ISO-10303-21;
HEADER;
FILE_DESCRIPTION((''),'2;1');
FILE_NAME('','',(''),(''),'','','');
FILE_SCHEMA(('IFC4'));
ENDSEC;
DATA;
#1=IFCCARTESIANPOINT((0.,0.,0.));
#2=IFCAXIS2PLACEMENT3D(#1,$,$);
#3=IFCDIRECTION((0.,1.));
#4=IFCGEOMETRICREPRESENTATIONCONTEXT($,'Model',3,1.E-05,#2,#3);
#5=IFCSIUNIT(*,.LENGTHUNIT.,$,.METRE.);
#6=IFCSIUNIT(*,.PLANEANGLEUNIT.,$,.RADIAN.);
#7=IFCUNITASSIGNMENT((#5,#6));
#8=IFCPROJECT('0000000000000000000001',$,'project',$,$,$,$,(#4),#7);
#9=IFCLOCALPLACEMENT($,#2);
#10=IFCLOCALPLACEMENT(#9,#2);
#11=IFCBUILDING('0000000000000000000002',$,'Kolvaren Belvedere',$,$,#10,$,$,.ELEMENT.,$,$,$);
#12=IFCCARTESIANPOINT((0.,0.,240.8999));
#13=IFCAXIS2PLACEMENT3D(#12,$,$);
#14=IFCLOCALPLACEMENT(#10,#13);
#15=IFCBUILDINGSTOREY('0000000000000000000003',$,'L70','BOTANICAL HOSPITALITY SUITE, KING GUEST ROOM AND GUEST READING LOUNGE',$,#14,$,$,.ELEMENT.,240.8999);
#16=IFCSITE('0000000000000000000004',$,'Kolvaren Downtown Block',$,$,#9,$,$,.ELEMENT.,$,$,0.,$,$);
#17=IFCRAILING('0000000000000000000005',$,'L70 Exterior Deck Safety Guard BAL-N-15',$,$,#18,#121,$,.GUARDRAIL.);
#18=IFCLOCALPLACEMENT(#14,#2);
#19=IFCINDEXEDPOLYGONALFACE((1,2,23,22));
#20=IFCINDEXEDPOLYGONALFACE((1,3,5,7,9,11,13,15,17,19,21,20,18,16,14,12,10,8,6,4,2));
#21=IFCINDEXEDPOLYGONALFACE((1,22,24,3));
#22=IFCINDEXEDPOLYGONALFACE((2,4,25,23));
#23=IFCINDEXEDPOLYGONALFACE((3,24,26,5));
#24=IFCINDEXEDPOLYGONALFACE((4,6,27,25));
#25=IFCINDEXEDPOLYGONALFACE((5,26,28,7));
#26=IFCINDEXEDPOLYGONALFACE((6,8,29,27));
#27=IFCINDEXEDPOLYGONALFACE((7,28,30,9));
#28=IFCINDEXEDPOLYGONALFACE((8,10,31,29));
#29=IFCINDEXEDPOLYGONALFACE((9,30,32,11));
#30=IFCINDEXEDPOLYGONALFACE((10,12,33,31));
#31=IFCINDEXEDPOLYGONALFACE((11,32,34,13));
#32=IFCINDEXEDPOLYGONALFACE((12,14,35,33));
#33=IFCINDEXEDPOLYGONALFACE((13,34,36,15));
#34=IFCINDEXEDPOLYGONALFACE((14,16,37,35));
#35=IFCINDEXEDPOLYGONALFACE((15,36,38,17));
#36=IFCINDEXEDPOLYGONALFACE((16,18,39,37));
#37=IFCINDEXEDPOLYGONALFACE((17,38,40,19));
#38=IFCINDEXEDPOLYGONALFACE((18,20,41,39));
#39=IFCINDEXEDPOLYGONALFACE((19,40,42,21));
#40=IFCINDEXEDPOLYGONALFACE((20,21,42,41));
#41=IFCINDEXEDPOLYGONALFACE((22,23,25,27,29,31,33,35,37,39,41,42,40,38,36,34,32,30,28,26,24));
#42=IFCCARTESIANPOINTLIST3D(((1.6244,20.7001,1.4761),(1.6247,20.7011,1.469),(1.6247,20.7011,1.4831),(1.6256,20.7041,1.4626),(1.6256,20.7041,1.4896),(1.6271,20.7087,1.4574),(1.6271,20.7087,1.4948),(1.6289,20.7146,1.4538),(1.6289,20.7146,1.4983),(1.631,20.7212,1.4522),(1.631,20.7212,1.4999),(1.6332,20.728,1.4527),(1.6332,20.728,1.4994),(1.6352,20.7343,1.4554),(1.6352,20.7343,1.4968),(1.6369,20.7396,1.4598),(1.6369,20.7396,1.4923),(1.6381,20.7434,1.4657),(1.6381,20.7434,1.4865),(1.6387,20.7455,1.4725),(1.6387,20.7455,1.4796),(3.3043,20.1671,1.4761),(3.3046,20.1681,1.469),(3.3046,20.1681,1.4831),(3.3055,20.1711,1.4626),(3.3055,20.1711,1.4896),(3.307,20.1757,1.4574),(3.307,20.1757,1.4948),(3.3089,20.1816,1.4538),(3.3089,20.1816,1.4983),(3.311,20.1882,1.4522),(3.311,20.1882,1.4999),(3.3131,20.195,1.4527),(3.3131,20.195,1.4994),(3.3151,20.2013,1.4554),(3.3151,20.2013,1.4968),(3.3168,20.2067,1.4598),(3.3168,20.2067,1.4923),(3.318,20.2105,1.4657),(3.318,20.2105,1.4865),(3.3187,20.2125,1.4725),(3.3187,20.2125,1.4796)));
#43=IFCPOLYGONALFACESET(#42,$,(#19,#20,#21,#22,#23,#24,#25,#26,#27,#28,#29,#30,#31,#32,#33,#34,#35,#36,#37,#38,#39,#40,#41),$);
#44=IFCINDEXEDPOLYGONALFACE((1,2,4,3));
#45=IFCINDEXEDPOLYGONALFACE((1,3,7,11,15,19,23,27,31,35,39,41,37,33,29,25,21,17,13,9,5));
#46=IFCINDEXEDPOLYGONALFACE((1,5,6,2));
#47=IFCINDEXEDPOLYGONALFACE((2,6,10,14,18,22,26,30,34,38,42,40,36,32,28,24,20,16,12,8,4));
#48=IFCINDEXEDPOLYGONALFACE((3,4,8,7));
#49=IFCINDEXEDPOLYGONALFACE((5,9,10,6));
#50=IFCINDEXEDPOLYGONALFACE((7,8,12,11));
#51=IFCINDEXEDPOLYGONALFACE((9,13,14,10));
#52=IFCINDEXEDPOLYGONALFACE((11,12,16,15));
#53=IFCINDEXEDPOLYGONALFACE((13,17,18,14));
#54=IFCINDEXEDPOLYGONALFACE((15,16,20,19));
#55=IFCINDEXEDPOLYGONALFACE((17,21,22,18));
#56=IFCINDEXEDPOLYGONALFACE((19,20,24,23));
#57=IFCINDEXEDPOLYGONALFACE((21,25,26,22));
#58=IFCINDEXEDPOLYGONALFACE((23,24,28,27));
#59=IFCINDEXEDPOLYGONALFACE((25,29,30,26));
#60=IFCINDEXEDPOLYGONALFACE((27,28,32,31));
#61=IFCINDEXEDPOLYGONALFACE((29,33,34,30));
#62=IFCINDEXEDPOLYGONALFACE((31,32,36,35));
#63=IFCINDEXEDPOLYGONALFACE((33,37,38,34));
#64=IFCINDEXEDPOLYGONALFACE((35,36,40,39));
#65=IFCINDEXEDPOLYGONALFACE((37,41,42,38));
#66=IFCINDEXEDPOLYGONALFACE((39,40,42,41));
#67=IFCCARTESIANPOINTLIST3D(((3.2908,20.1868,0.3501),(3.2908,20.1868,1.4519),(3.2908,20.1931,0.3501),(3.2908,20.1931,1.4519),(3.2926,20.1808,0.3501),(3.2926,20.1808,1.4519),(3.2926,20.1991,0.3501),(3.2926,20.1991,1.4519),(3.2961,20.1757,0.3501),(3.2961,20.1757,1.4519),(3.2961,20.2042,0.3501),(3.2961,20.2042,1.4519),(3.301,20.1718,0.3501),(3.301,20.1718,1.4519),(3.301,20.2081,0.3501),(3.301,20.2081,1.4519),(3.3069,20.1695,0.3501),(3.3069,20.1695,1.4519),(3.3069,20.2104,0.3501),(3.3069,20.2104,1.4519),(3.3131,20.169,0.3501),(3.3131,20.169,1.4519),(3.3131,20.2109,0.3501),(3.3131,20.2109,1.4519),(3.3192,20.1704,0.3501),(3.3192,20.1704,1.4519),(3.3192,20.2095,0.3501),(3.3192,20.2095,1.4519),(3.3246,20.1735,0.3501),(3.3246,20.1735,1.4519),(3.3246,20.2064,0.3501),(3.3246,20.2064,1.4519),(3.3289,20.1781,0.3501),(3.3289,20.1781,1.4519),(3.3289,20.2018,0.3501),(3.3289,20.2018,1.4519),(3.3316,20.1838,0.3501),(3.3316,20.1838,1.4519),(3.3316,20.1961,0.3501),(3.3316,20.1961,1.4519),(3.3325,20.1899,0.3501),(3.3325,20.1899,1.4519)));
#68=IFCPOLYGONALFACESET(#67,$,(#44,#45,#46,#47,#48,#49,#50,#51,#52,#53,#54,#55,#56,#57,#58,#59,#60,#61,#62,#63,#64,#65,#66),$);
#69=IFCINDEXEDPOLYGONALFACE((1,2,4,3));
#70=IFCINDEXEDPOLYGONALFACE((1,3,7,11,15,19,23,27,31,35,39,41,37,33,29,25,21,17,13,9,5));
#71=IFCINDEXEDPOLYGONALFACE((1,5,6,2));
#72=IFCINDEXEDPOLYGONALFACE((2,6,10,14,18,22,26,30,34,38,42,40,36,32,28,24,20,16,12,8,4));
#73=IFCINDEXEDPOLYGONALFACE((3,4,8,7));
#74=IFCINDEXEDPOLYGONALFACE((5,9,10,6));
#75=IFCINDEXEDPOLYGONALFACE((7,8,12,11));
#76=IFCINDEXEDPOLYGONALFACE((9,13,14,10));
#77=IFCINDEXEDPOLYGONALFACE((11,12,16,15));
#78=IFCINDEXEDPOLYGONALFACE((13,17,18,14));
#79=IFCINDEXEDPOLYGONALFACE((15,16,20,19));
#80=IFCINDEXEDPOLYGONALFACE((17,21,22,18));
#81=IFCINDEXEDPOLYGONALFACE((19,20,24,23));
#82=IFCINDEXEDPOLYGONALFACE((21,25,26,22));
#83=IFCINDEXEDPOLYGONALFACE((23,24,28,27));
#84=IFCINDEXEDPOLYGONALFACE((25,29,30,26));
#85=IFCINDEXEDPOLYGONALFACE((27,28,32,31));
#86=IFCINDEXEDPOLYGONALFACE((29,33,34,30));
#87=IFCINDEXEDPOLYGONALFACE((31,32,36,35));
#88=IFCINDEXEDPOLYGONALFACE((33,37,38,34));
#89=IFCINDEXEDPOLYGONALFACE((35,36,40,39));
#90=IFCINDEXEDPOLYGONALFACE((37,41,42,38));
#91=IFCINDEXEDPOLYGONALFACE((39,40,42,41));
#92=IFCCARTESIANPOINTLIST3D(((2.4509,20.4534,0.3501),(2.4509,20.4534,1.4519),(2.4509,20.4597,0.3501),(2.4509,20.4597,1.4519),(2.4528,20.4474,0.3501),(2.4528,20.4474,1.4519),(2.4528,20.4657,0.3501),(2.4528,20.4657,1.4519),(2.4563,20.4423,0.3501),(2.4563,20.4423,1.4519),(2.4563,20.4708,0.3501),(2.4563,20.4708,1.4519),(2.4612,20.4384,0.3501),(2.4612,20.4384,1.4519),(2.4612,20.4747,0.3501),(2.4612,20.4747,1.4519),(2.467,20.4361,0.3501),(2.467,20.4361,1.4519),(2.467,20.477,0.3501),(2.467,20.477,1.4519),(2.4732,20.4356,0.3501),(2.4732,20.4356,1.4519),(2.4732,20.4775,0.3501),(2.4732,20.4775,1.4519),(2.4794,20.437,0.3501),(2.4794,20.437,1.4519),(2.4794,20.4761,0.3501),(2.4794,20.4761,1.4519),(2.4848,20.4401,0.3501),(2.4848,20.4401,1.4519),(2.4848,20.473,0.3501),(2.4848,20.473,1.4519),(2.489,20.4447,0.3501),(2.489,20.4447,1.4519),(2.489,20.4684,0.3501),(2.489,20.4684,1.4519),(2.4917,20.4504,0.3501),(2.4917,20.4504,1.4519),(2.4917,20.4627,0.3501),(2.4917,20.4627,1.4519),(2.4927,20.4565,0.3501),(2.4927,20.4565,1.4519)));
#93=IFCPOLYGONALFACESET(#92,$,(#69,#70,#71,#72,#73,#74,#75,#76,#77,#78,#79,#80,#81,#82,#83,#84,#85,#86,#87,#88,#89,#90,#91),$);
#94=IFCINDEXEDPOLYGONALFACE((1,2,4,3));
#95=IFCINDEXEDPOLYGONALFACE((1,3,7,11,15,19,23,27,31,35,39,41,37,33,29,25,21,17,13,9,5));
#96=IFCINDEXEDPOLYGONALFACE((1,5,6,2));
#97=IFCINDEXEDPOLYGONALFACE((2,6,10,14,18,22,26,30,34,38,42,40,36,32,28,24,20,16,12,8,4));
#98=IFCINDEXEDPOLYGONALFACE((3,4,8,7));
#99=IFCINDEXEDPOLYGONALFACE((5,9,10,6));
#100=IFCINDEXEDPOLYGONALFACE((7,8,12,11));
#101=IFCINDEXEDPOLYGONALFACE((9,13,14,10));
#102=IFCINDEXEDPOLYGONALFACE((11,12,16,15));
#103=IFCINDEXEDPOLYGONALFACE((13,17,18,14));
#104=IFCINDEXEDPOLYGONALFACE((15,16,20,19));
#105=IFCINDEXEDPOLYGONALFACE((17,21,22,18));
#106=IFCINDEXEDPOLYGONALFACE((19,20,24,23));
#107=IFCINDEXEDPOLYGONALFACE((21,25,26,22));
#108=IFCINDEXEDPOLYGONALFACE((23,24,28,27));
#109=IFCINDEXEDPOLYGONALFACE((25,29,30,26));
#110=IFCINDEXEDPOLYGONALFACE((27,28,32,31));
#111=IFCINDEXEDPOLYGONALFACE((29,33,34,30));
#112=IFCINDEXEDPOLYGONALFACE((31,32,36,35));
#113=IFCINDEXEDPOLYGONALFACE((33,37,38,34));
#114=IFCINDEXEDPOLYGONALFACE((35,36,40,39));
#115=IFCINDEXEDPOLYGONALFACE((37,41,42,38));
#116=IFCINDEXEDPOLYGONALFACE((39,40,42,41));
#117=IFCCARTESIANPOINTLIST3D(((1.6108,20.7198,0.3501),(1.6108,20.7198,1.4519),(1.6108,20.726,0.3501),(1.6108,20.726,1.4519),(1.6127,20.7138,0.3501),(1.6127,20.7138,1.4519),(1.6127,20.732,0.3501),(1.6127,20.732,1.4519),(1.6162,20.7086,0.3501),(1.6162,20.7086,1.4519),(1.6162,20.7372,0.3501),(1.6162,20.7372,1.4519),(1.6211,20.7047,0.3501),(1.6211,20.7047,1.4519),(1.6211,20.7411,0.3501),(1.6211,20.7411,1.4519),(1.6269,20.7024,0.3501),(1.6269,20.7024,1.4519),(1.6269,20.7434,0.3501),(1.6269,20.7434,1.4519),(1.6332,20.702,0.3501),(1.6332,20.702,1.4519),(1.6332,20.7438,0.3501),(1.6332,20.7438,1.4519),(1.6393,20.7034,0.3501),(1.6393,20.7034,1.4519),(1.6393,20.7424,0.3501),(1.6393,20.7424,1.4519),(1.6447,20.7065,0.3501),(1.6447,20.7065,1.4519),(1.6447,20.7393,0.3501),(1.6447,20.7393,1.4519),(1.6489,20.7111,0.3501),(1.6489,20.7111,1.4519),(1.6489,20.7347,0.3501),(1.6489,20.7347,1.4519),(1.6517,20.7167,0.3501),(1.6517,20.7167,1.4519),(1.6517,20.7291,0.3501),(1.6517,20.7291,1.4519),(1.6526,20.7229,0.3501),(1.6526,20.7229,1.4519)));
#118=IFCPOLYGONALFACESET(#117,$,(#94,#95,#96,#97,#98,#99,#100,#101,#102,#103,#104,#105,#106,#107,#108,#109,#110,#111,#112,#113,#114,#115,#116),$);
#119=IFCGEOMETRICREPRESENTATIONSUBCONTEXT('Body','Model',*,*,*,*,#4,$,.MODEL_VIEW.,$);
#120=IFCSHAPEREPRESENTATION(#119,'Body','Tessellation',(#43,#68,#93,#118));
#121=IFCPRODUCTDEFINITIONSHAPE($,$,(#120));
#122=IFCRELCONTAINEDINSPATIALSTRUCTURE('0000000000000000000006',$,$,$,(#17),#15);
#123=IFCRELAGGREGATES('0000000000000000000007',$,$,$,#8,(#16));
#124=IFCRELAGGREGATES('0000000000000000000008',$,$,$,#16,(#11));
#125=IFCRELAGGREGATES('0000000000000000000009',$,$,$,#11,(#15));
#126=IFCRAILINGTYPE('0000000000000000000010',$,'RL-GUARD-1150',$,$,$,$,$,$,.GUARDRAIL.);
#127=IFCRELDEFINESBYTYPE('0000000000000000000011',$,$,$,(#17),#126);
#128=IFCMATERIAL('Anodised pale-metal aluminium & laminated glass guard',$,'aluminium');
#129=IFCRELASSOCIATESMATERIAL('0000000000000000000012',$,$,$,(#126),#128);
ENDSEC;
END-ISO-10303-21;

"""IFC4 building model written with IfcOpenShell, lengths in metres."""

from ifc_helpers import new_model, si_unit, direction, frame, origin, origin_2d, place, context, subcontext, project, spatial, circle, extrude, material, type_object, element, save


model = new_model("IFC4")

# Units and contexts
model_context = context("Model", 3, precision=1e-05, world=origin(), true_north=direction((0.0, 1.0)))
body_context = subcontext(model_context, "Body", "Model", "MODEL_VIEW")
ifc_project = project(units=[si_unit("LENGTHUNIT", "METRE"), si_unit("PLANEANGLEUNIT", "RADIAN")], contexts=[model_context])

# Site, building, storey
site_placement = place(None, origin())
site = spatial("IfcSite", under=ifc_project, at=site_placement, Name="Kolvaren Downtown Block", CompositionType="ELEMENT", RefElevation=0.0)
building_placement = place(site_placement, origin())
building = spatial("IfcBuilding", under=site, at=building_placement, Name="Kolvaren Belvedere", CompositionType="ELEMENT")
storey_placement = place(building_placement, frame((0.0, 0.0, 240.8999)))
storey = spatial("IfcBuildingStorey", under=building, at=storey_placement, Name="L70", Description="BOTANICAL HOSPITALITY SUITE, KING GUEST ROOM AND GUEST READING LOUNGE", CompositionType="ELEMENT", Elevation=240.8999)

# Railing
ifc_material_1 = material(Name="Anodised pale-metal aluminium & laminated glass guard", Category="aluminium")
railing_type = type_object("IfcRailingType", Name="RL-GUARD-1150", PredefinedType="GUARDRAIL", material=ifc_material_1)
railing_1_placement = place(storey_placement, frame((3.3115, 20.1899, 0.3501)))
element("IfcRailing", 1, at=railing_1_placement, inside=storey, type_object=railing_type, Name="L70 Exterior Deck Safety Guard BAL-N-15", PredefinedType="GUARDRAIL", context=body_context, shape_type="SweptSolid", body=[
    extrude(circle(Radius=0.0239, at=origin_2d()), frame((0.0, 0.0, 1.126), z_axis=(-0.953182, 0.302397, 0.0), x_axis=(-0.302397, -0.953182, 0.0)), (0.0, 0.0, 1.0), 1.7625),
    extrude(circle(Radius=0.021, at=origin_2d()), origin(), (0.0, 0.0, 1.0), 1.1018),
    extrude(circle(Radius=0.021, at=origin_2d()), frame((-0.8398, 0.2666, 0.0)), (0.0, 0.0, 1.0), 1.1018),
    extrude(circle(Radius=0.021, at=origin_2d()), frame((-1.6799, 0.533, 0.0)), (0.0, 0.0, 1.0), 1.1018),
])

save(model, "model.ifc")
